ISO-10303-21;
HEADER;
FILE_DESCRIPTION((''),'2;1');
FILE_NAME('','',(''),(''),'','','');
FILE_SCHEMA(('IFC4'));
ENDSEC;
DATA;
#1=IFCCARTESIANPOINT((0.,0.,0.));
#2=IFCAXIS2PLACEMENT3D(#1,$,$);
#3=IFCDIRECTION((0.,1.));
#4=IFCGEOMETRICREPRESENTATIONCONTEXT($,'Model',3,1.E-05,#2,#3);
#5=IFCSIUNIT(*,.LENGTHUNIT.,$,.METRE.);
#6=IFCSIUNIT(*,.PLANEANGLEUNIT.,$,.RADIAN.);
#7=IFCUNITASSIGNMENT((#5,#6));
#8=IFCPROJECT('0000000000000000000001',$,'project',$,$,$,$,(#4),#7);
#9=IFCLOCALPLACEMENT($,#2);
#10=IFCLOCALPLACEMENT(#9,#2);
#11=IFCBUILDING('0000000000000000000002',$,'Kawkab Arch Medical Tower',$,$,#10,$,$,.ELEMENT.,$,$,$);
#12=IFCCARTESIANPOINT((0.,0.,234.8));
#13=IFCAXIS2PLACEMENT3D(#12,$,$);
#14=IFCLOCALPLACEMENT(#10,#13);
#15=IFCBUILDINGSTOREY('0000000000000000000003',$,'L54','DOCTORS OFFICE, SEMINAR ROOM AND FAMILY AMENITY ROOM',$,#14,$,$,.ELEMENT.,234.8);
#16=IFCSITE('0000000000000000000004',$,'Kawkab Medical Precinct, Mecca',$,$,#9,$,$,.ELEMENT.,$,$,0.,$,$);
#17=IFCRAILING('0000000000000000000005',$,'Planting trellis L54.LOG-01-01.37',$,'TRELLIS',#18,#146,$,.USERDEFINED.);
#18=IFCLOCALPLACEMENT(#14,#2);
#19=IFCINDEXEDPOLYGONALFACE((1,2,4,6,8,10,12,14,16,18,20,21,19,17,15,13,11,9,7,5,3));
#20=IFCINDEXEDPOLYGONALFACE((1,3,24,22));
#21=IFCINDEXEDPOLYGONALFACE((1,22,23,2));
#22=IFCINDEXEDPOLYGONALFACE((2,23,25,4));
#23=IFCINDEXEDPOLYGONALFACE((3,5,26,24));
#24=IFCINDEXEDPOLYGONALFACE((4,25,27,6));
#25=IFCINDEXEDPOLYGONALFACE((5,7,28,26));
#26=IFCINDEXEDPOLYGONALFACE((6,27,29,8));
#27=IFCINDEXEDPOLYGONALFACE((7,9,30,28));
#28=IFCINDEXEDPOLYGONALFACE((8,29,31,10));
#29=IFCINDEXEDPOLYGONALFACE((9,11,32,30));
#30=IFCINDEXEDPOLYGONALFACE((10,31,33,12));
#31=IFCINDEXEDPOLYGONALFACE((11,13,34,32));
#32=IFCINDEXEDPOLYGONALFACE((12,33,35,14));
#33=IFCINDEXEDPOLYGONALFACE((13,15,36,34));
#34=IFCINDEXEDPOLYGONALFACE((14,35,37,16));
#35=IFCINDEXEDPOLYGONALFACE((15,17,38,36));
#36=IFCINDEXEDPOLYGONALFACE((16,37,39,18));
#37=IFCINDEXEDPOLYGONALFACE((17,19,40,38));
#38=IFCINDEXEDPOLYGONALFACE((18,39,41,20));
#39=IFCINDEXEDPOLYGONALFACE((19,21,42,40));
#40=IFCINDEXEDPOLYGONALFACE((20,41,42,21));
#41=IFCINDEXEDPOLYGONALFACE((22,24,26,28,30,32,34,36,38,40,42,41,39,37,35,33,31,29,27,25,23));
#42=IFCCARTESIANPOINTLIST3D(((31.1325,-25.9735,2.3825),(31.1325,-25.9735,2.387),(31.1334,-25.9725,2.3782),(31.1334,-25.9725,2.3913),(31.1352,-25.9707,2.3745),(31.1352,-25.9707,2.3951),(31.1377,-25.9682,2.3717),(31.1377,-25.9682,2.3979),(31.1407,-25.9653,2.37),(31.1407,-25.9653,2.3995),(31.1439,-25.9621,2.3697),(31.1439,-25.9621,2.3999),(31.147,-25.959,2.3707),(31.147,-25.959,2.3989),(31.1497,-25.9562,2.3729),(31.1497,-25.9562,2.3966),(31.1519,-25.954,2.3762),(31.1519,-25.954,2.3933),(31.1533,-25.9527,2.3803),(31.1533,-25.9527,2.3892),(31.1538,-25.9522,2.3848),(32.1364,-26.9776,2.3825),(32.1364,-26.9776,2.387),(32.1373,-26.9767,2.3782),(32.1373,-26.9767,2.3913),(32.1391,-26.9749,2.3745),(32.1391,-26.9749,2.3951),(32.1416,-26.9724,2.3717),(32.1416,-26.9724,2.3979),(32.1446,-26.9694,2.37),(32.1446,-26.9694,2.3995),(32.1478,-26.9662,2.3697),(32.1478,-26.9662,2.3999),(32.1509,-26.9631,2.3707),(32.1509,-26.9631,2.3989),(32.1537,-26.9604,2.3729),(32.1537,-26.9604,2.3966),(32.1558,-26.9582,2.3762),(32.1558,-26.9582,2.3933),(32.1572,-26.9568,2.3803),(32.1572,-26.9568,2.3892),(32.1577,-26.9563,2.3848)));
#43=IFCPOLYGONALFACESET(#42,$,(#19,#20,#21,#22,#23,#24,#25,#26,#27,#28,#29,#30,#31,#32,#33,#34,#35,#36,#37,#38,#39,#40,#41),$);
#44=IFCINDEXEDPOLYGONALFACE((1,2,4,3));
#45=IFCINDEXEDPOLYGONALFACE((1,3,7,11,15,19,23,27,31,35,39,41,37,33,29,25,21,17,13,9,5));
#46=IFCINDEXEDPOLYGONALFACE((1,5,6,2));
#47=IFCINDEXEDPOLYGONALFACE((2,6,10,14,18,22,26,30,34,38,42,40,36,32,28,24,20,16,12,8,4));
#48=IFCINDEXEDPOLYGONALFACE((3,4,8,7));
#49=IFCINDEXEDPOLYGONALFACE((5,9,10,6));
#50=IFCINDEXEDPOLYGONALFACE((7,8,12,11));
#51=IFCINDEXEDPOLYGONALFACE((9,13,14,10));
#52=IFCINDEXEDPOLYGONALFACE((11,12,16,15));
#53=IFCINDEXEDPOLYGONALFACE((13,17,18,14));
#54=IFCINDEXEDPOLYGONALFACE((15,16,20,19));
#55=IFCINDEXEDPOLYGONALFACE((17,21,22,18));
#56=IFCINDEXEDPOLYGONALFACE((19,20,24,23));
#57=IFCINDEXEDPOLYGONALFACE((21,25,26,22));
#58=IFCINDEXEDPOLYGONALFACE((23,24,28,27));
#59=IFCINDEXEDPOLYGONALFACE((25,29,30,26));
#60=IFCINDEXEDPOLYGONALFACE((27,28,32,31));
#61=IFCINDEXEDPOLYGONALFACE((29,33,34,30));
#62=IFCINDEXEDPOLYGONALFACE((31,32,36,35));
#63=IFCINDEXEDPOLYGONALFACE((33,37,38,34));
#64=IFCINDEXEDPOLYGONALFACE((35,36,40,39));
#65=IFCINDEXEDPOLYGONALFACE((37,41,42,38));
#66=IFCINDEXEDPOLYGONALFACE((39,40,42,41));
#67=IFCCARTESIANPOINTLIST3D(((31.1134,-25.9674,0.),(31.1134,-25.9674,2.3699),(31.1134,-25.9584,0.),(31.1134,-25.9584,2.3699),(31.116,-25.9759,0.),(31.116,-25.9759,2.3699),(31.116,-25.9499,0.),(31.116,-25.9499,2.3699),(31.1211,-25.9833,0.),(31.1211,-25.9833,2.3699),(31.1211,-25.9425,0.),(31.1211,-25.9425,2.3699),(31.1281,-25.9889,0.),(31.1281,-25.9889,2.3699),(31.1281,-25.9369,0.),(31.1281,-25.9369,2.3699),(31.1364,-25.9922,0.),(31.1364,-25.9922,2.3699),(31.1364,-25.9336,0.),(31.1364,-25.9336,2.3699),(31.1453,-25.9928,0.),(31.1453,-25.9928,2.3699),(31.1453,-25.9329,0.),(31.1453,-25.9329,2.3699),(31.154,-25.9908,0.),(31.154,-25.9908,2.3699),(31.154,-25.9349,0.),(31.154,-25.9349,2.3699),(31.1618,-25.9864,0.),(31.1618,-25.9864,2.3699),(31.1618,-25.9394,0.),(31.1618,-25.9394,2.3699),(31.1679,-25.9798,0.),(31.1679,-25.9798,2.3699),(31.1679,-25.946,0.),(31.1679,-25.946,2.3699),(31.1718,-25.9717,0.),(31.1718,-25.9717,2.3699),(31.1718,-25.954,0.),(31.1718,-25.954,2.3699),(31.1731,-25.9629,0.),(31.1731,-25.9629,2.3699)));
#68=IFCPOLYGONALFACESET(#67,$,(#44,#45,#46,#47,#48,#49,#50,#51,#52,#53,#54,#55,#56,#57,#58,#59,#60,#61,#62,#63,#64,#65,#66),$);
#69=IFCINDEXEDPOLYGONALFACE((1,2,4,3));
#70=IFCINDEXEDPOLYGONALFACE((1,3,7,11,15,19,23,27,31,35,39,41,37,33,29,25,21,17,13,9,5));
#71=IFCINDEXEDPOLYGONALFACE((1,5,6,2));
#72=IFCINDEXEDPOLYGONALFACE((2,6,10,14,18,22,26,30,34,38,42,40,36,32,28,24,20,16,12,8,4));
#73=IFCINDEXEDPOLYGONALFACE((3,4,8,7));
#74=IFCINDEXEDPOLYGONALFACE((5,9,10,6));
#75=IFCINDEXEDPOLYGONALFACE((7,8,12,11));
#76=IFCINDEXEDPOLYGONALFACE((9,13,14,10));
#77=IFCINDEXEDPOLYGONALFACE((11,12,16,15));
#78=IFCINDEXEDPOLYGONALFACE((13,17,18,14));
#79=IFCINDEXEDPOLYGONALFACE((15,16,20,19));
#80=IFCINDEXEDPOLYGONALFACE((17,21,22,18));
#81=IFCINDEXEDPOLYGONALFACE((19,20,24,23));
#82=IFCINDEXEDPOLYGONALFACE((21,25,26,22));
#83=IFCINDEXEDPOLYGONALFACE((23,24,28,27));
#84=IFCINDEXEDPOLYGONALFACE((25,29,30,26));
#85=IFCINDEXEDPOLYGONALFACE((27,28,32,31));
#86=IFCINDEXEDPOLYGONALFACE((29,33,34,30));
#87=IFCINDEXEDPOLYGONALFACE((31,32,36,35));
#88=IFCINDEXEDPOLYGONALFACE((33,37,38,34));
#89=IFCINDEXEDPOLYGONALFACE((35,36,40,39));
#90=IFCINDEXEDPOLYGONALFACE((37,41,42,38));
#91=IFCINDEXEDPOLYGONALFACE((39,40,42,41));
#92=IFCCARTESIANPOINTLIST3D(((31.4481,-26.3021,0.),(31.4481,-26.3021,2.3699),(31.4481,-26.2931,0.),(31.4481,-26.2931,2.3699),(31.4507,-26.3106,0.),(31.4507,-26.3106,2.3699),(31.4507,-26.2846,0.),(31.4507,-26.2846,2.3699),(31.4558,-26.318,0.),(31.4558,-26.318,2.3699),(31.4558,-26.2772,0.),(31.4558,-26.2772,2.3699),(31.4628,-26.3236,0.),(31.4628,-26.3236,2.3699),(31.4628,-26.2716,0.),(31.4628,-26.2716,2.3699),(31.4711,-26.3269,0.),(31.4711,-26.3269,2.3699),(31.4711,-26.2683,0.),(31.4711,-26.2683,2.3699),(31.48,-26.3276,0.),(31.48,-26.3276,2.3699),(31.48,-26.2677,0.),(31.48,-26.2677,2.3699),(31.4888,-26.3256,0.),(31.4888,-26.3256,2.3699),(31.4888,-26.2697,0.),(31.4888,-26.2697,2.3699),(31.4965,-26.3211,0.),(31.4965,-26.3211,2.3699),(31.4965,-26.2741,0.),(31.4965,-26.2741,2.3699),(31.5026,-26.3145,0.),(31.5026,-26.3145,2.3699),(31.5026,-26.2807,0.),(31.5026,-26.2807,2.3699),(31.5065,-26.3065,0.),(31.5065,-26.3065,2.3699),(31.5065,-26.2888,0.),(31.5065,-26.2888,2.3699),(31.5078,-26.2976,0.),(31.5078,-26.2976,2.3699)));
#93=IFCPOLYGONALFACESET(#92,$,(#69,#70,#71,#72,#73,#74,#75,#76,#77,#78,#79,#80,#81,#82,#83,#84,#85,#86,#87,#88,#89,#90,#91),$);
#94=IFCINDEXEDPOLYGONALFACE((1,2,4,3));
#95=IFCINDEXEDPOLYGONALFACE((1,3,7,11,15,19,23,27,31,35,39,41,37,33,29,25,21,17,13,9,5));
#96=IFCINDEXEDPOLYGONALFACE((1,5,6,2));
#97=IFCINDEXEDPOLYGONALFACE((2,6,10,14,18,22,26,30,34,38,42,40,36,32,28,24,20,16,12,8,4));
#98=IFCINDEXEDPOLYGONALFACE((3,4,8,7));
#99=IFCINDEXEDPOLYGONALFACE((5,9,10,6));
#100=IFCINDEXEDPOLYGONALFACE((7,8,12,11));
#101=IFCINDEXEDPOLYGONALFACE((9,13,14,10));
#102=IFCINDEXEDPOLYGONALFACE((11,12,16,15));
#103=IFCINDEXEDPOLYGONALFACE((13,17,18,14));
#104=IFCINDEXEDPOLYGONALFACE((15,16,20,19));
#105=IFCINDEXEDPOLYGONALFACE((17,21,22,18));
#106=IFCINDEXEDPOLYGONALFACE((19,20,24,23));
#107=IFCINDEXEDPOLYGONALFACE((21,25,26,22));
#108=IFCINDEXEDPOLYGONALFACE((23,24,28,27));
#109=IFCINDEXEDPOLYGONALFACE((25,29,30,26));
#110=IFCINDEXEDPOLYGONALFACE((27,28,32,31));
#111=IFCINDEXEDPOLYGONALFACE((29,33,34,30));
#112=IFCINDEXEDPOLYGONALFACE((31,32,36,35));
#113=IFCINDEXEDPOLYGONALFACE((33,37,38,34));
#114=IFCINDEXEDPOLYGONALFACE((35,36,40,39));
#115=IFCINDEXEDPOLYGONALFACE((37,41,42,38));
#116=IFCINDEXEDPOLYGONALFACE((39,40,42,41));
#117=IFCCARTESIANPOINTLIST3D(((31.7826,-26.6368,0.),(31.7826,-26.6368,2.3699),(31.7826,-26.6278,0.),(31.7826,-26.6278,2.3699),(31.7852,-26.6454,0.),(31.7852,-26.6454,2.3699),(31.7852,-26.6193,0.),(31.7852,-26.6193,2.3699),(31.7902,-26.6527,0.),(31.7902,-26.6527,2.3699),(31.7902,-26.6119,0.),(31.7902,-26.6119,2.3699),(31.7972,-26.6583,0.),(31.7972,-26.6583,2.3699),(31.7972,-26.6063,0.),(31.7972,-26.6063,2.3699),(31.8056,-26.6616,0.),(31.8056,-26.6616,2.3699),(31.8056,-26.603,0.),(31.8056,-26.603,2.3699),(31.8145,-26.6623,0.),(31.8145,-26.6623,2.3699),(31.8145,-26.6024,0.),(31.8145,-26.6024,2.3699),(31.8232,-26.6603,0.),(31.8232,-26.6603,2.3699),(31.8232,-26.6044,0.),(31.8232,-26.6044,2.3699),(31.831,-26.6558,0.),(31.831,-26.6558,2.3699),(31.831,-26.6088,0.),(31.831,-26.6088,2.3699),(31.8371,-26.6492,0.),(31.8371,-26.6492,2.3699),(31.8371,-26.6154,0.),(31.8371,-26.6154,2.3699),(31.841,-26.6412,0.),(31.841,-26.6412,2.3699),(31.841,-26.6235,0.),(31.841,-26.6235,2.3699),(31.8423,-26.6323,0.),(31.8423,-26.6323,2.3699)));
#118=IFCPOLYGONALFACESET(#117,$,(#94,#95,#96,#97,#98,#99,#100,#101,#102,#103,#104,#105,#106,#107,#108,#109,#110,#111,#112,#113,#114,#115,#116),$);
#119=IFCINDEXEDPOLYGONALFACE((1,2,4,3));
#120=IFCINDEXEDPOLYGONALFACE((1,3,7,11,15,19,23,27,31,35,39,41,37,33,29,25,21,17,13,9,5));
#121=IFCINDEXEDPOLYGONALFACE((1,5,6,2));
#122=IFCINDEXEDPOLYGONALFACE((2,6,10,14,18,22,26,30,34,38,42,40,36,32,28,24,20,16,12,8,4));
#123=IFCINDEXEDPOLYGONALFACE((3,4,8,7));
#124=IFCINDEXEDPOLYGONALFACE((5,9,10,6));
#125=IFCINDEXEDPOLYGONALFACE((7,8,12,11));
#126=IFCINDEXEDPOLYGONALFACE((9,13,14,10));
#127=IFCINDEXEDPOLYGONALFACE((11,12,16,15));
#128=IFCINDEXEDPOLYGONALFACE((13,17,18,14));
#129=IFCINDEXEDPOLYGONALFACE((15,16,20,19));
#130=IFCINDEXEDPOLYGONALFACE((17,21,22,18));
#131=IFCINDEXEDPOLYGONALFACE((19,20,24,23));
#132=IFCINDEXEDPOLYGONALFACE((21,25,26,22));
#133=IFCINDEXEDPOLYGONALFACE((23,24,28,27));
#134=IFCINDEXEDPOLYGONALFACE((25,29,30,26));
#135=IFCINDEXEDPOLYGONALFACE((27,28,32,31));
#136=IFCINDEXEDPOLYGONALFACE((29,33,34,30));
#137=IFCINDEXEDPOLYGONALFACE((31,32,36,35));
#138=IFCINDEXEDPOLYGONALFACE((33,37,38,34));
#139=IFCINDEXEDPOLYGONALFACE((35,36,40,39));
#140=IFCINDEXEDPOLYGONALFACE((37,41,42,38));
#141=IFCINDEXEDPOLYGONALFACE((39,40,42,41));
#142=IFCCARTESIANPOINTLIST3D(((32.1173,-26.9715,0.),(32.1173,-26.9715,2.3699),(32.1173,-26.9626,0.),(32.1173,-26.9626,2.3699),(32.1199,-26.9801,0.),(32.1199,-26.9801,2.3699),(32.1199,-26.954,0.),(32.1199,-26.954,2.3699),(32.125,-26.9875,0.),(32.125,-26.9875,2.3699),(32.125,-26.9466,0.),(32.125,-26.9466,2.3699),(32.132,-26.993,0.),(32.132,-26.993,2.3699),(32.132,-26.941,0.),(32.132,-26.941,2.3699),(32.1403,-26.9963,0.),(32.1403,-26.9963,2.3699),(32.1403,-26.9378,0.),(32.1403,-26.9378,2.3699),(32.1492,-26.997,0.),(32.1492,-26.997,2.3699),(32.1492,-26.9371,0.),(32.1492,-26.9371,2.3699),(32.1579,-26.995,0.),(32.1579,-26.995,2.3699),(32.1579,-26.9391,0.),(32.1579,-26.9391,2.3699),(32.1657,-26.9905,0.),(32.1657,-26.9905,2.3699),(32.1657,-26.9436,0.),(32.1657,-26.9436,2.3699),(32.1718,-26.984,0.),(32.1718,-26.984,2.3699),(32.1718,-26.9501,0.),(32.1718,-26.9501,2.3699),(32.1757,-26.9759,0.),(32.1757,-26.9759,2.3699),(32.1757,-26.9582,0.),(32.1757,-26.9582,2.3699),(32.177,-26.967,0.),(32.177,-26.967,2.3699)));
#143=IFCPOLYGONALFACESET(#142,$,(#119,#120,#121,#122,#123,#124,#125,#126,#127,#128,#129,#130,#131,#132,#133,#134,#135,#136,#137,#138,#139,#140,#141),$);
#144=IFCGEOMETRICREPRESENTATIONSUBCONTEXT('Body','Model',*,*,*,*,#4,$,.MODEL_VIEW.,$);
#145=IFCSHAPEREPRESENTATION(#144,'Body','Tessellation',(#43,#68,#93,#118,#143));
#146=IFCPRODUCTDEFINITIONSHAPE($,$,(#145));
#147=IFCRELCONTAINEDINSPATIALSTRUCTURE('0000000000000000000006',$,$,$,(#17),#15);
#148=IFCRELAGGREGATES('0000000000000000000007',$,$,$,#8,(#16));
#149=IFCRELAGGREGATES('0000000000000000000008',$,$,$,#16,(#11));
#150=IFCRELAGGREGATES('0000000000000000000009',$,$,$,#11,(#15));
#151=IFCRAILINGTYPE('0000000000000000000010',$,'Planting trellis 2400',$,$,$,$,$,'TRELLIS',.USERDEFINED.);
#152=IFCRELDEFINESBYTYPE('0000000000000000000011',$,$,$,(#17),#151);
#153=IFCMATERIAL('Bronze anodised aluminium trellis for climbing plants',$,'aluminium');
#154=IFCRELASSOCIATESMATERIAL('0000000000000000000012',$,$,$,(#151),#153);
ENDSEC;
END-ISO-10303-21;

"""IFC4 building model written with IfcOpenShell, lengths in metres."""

from ifc_helpers import new_model, si_unit, direction, frame, origin, origin_2d, place, context, subcontext, project, spatial, circle, extrude, material, type_object, element, save


model = new_model("IFC4")

# Units and contexts
model_context = context("Model", 3, precision=1e-05, world=origin(), true_north=direction((0.0, 1.0)))
body_context = subcontext(model_context, "Body", "Model", "MODEL_VIEW")
ifc_project = project(units=[si_unit("LENGTHUNIT", "METRE"), si_unit("PLANEANGLEUNIT", "RADIAN")], contexts=[model_context])

# Site, building, storey
site_placement = place(None, origin())
site = spatial("IfcSite", under=ifc_project, at=site_placement, Name="Kawkab Medical Precinct, Mecca", CompositionType="ELEMENT", RefElevation=0.0)
building_placement = place(site_placement, origin())
building = spatial("IfcBuilding", under=site, at=building_placement, Name="Kawkab Arch Medical Tower", CompositionType="ELEMENT")
storey_placement = place(building_placement, frame((0.0, 0.0, 234.8)))
storey = spatial("IfcBuildingStorey", under=building, at=storey_placement, Name="L54", Description="DOCTORS OFFICE, SEMINAR ROOM AND FAMILY AMENITY ROOM", CompositionType="ELEMENT", Elevation=234.8)

# Railing
ifc_material_1 = material(Name="Bronze anodised aluminium trellis for climbing plants", Category="aluminium")
railing_type_1 = type_object("IfcRailingType", Name="Planting trellis 2400", ElementType="TRELLIS", PredefinedType="USERDEFINED", material=ifc_material_1)
railing_1_placement = place(storey_placement, frame((31.1431, -25.9629, 0.0)))
element("IfcRailing", 1, at=railing_1_placement, inside=storey, type_object=railing_type_1, Name="Planting trellis L54.LOG-01-01.37", ObjectType="TRELLIS", PredefinedType="USERDEFINED", context=body_context, shape_type="SweptSolid", body=[
    extrude(circle(Radius=0.0151, at=origin_2d()), frame((0.0, 0.0, 2.3848), z_axis=(0.707021, -0.707193, 0.0), x_axis=(0.707193, 0.707021, 0.0)), (0.0, 0.0, 1.0), 1.4199),
    extrude(circle(Radius=0.03, at=origin_2d()), origin(), (0.0, 0.0, 1.0), 2.3699),
    extrude(circle(Radius=0.03, at=origin_2d()), frame((0.3347, -0.3347, 0.0)), (0.0, 0.0, 1.0), 2.3699),
    extrude(circle(Radius=0.03, at=origin_2d()), frame((0.6692, -0.6694, 0.0)), (0.0, 0.0, 1.0), 2.3699),
    extrude(circle(Radius=0.03, at=origin_2d()), frame((1.0039, -1.0042, 0.0)), (0.0, 0.0, 1.0), 2.3699),
])

save(model, "model.ifc")
